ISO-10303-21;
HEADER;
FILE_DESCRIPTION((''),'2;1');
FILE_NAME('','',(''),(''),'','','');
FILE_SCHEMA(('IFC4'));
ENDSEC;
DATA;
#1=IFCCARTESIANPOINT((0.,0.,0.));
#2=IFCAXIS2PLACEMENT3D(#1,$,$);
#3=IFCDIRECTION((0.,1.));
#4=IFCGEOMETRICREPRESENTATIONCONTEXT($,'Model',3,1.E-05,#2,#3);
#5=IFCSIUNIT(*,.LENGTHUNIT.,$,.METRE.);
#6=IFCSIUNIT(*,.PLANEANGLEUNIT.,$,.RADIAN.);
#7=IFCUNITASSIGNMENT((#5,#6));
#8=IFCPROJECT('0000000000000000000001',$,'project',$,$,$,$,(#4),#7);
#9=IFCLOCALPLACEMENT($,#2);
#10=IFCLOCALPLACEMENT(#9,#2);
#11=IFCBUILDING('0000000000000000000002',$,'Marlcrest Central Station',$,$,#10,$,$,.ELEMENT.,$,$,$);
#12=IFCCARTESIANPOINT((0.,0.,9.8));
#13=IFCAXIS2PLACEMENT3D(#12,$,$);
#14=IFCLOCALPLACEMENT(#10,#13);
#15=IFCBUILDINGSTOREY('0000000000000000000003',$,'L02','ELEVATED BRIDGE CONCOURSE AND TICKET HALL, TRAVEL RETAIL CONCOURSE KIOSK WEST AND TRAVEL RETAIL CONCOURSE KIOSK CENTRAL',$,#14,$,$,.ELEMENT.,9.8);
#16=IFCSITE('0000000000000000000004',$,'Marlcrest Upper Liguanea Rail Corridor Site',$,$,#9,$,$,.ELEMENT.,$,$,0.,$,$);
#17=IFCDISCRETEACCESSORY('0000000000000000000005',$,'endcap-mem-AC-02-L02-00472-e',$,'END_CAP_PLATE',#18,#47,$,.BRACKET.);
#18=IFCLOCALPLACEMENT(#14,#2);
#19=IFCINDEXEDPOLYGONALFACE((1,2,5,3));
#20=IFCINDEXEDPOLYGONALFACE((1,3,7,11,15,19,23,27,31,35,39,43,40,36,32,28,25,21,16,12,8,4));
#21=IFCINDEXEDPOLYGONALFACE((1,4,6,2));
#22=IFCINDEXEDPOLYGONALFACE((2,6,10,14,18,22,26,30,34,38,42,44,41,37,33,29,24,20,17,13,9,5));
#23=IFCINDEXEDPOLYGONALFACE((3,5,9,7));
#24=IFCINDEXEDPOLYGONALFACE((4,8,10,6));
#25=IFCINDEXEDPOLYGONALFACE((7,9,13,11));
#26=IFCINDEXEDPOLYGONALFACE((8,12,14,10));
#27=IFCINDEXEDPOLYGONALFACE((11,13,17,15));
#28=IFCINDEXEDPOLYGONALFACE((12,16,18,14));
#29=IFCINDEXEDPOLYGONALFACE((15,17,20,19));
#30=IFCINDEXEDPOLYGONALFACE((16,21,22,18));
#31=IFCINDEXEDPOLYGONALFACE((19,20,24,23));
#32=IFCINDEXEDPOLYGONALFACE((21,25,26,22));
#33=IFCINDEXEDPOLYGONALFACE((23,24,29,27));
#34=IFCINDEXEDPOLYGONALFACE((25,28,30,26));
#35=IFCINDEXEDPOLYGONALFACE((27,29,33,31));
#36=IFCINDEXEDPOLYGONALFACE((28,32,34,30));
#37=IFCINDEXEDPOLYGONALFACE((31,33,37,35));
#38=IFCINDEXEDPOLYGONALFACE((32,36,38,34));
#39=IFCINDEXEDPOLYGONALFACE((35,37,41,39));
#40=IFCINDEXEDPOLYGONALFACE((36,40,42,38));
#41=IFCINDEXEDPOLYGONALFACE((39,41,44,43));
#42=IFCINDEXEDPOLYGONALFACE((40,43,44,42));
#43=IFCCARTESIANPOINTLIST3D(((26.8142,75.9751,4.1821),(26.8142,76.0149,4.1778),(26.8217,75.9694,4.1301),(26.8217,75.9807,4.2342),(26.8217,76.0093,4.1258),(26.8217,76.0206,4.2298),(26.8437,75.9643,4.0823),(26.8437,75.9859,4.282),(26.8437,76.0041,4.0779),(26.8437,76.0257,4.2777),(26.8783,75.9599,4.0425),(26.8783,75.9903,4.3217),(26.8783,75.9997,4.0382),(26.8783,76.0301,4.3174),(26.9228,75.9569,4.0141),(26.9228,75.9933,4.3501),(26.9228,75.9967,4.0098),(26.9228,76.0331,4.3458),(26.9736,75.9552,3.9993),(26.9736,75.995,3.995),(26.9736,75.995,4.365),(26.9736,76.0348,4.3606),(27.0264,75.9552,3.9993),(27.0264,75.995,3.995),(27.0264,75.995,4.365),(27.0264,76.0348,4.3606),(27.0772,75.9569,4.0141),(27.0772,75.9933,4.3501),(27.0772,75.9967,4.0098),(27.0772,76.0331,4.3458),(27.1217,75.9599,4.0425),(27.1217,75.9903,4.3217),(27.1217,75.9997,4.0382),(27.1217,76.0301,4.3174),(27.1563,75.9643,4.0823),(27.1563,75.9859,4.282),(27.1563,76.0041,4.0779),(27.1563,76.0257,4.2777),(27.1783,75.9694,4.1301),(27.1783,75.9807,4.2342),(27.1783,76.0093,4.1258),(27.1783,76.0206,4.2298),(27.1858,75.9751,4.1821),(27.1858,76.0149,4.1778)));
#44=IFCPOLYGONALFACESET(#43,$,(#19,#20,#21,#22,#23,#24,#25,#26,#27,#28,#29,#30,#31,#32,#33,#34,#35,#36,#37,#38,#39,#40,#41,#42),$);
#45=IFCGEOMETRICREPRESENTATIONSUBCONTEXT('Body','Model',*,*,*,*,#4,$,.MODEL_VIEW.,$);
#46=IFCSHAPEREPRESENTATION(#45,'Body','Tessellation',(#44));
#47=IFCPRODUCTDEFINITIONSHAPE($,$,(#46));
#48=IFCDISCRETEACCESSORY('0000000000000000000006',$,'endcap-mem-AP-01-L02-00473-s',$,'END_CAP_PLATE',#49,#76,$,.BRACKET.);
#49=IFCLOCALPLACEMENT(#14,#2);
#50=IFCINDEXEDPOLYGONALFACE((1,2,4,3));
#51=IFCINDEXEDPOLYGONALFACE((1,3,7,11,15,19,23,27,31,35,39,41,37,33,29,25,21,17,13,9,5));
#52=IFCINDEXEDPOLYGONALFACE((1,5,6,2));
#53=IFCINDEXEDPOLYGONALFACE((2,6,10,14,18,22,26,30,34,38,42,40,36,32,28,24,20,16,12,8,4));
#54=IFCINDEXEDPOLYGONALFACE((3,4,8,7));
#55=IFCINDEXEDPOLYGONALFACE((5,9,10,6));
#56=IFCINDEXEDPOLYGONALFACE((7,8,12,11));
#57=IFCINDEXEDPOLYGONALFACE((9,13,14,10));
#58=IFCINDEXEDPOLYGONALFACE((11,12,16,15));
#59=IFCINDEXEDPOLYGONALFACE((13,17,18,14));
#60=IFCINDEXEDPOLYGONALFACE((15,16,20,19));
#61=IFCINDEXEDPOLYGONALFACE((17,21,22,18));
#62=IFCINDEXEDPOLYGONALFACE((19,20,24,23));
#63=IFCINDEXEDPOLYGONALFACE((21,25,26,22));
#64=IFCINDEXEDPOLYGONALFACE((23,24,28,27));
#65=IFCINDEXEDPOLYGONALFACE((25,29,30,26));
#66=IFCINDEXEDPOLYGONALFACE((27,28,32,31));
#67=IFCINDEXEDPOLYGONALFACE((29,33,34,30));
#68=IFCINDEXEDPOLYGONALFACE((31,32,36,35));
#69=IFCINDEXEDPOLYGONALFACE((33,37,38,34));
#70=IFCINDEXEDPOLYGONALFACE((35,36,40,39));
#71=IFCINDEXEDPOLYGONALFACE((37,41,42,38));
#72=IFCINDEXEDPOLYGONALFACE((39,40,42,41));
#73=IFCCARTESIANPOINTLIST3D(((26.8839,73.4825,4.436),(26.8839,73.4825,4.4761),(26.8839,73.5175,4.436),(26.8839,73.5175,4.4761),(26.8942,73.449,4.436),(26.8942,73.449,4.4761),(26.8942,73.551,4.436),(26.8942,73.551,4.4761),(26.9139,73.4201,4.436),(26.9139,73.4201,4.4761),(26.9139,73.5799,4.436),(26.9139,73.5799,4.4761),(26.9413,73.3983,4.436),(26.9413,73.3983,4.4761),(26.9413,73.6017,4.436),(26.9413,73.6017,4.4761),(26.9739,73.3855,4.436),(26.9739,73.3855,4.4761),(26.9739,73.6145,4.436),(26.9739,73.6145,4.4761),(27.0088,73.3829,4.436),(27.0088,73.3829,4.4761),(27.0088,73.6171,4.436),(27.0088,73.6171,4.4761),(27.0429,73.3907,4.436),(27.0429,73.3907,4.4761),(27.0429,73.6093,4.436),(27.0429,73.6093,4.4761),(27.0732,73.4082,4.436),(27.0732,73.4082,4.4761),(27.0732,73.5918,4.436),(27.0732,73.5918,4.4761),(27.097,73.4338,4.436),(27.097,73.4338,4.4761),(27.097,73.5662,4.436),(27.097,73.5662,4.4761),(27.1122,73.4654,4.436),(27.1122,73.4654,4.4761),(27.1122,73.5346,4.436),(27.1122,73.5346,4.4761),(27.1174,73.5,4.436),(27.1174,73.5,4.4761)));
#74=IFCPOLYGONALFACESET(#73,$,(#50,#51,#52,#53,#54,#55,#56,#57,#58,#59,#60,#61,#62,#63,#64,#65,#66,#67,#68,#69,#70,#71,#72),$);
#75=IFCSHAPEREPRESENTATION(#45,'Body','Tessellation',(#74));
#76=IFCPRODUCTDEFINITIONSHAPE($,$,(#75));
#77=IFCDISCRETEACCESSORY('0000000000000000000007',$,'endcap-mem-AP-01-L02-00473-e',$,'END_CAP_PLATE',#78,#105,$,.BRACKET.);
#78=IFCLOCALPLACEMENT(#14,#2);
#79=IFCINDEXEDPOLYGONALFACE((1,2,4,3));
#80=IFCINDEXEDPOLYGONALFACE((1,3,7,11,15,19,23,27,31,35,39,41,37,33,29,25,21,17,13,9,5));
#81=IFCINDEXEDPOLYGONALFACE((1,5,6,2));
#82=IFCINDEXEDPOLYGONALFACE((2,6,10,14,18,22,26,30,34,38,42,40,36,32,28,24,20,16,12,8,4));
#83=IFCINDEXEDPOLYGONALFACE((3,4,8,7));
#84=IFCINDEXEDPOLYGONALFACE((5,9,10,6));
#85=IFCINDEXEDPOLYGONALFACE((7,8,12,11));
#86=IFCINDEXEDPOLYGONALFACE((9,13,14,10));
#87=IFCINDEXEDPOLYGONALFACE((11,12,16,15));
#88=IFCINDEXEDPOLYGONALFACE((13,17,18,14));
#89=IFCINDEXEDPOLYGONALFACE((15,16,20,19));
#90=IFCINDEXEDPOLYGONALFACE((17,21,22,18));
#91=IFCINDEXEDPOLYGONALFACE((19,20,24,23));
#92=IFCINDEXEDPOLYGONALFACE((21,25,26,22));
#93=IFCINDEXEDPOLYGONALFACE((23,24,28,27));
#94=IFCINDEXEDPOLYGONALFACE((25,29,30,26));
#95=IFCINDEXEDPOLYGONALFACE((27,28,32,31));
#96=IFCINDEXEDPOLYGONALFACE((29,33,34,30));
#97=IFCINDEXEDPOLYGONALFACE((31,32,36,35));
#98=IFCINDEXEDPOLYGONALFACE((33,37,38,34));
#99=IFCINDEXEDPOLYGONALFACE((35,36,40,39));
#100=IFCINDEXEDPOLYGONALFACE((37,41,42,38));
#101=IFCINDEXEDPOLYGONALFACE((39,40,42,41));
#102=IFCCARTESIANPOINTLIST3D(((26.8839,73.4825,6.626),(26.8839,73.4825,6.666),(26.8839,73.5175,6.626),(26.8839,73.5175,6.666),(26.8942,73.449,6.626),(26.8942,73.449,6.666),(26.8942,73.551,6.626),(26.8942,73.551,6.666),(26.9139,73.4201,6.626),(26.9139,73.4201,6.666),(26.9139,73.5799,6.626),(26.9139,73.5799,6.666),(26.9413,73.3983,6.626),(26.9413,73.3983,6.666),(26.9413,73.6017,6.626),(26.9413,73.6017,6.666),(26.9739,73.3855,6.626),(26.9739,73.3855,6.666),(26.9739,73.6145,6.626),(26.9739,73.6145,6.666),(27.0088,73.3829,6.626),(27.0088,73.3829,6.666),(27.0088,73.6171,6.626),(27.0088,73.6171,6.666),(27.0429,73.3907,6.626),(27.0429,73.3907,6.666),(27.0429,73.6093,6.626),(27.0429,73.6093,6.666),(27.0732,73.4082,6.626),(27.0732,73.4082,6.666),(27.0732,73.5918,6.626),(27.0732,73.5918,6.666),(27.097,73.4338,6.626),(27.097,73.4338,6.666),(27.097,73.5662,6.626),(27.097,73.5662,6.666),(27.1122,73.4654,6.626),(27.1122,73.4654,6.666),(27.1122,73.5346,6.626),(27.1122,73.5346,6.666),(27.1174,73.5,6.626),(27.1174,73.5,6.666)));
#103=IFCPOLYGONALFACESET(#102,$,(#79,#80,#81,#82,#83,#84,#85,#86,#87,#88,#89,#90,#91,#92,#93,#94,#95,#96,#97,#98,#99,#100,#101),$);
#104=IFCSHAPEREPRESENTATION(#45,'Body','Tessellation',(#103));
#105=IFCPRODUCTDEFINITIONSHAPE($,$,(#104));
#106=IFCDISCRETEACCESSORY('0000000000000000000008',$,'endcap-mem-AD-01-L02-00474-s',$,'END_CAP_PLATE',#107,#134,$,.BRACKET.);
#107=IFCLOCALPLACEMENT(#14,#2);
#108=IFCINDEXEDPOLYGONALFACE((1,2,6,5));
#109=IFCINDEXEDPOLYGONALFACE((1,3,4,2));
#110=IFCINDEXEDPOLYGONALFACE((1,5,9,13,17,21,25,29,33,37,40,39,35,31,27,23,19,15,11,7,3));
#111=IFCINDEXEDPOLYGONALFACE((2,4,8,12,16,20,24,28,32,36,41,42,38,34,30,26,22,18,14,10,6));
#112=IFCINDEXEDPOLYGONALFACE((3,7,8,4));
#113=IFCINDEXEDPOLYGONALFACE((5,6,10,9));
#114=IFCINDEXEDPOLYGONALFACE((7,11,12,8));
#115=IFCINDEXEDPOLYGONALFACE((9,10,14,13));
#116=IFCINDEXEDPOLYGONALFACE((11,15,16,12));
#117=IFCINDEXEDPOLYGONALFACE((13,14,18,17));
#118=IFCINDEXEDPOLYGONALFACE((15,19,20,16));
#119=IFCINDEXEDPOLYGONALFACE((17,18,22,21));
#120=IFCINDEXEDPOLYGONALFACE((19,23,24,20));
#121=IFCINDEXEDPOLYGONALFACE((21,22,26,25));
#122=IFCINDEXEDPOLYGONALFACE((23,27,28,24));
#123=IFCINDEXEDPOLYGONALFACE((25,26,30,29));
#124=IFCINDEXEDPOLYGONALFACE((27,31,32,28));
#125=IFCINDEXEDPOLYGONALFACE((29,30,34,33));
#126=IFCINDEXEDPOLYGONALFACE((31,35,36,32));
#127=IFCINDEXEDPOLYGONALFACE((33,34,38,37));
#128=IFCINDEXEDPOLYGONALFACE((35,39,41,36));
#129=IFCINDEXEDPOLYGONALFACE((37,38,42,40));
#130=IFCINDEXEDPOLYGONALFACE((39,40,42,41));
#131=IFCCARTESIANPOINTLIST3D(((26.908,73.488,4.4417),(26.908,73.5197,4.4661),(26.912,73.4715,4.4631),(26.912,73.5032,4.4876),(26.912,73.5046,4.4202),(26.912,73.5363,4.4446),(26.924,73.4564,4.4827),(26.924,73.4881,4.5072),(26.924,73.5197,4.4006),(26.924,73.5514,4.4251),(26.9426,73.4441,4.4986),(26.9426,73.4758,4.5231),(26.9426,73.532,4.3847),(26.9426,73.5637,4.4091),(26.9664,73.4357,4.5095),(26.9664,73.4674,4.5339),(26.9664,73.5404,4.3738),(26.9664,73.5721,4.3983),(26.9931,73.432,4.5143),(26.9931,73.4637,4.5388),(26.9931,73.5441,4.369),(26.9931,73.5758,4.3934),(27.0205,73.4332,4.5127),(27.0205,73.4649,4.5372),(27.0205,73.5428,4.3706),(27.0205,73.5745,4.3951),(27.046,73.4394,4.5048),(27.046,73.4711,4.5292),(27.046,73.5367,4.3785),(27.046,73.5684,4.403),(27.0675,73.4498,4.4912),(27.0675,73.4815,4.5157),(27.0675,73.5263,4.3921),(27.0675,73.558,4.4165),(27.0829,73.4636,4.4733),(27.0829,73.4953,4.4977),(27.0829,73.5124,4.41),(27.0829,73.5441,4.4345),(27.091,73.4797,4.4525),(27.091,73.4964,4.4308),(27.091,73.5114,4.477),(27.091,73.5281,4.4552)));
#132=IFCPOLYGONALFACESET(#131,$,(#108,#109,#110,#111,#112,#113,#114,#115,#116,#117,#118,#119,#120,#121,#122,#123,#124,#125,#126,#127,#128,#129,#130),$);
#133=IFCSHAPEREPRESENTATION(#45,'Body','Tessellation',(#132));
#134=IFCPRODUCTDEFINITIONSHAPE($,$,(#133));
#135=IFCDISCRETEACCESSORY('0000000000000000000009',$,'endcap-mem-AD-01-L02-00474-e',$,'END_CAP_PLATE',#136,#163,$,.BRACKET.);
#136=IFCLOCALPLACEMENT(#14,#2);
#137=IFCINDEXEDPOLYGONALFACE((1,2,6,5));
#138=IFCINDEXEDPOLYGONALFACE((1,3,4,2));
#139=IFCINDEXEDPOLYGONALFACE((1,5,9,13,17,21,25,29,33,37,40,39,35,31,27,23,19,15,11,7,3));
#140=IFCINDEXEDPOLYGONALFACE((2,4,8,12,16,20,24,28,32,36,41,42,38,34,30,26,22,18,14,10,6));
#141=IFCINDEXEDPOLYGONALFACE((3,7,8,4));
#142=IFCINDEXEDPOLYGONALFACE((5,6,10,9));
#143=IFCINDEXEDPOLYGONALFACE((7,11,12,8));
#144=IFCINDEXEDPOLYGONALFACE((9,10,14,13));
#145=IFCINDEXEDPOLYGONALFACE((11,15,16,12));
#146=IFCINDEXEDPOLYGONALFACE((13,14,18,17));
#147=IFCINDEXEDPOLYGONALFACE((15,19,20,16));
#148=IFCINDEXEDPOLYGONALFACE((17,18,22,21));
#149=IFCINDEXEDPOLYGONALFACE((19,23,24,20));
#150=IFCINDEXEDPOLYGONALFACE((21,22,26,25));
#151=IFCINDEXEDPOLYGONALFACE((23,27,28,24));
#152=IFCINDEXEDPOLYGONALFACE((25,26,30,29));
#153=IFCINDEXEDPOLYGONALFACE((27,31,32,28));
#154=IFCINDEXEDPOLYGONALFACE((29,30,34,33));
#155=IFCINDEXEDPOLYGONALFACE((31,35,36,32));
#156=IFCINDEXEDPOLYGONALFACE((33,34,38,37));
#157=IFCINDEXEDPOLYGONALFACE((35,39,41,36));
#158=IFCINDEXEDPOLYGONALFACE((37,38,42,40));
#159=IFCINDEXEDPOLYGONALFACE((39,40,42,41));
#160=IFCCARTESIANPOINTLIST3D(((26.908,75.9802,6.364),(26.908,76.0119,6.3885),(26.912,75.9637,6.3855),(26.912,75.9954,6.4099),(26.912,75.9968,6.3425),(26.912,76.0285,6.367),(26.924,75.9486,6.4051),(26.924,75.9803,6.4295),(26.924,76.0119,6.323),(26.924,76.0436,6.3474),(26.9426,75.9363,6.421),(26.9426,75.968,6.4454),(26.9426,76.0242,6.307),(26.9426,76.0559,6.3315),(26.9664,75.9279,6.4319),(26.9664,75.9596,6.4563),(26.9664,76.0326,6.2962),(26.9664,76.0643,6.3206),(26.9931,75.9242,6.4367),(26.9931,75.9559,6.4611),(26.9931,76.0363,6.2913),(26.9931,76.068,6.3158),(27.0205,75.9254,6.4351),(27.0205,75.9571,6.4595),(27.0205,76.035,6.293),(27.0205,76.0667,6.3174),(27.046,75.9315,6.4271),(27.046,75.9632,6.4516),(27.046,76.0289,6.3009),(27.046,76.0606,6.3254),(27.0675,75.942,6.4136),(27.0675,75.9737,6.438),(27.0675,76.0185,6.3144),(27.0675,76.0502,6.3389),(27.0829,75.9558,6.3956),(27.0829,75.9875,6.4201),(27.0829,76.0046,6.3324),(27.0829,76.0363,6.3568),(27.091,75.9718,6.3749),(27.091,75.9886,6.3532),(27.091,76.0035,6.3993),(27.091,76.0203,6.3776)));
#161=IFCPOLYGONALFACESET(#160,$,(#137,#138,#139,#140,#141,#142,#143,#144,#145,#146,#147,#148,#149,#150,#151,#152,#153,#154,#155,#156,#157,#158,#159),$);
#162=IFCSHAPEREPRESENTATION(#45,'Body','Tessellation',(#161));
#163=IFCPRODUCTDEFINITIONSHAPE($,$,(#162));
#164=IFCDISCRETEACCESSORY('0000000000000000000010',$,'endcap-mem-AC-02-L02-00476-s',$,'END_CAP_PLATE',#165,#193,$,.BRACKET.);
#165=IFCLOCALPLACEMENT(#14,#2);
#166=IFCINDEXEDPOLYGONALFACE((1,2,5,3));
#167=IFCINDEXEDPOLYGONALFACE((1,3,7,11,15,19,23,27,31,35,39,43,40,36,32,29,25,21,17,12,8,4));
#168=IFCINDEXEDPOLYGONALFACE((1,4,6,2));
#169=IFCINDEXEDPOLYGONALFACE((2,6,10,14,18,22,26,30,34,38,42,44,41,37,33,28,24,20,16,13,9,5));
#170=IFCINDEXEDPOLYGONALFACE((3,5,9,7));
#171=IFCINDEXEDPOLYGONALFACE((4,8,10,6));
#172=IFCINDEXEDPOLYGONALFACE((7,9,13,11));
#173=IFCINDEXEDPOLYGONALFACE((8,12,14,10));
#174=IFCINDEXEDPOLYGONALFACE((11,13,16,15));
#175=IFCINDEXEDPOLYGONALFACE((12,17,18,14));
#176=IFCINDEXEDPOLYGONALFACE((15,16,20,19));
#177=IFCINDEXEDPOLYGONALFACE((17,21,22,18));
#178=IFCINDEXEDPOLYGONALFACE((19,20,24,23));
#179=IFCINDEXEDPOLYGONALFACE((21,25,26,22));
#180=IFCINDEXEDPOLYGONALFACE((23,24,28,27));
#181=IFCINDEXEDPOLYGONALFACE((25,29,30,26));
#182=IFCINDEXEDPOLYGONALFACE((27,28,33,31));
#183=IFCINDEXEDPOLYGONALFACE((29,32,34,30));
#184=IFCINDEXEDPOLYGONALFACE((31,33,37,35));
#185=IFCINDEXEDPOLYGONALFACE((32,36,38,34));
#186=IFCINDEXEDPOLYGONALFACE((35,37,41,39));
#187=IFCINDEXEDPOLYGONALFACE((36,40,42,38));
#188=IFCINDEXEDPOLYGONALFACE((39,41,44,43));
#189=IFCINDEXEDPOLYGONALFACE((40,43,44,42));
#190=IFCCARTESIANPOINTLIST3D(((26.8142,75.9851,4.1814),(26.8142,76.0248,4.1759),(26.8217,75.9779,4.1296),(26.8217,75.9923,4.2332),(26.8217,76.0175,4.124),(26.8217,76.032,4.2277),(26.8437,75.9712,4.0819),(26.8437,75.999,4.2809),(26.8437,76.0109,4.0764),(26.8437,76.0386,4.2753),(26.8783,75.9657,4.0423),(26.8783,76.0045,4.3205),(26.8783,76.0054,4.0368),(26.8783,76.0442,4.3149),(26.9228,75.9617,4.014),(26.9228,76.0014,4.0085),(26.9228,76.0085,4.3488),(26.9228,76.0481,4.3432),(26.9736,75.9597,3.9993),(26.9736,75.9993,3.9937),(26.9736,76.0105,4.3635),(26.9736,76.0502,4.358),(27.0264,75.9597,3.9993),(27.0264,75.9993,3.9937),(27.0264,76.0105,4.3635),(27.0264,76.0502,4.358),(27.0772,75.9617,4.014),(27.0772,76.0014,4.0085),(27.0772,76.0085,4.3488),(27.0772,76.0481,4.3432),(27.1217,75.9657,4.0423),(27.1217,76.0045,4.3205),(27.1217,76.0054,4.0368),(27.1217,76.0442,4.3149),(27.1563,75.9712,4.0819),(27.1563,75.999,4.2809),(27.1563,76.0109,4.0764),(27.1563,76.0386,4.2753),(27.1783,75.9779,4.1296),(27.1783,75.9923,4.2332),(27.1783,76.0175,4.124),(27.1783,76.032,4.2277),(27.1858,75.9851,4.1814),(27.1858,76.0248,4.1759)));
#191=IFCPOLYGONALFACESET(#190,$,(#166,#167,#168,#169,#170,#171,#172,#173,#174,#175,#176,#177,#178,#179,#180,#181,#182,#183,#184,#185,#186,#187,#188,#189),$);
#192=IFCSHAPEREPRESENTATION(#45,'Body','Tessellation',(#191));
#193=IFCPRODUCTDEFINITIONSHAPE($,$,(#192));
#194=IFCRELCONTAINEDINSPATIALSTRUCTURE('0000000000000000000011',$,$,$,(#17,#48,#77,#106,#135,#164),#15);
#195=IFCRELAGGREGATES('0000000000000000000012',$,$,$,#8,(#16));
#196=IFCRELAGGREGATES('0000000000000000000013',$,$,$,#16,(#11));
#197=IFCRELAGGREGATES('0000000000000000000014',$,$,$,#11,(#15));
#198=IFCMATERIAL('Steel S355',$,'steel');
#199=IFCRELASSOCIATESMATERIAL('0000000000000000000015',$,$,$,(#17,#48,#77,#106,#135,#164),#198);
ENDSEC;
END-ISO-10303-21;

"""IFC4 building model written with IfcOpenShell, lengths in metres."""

from ifc_helpers import new_model, si_unit, direction, frame, origin, origin_2d, place, context, subcontext, project, spatial, circle, extrude, material, element, save


model = new_model("IFC4")

# Units and contexts
model_context = context("Model", 3, precision=1e-05, world=origin(), true_north=direction((0.0, 1.0)))
body_context = subcontext(model_context, "Body", "Model", "MODEL_VIEW")
ifc_project = project(units=[si_unit("LENGTHUNIT", "METRE"), si_unit("PLANEANGLEUNIT", "RADIAN")], contexts=[model_context])

# Site, building, storey
site_placement = place(None, origin())
site = spatial("IfcSite", under=ifc_project, at=site_placement, Name="Marlcrest Upper Liguanea Rail Corridor Site", CompositionType="ELEMENT", RefElevation=0.0)
building_placement = place(site_placement, origin())
building = spatial("IfcBuilding", under=site, at=building_placement, Name="Marlcrest Central Station", CompositionType="ELEMENT")
storey_placement = place(building_placement, frame((0.0, 0.0, 9.8)))
storey = spatial("IfcBuildingStorey", under=building, at=storey_placement, Name="L02", Description="ELEVATED BRIDGE CONCOURSE AND TICKET HALL, TRAVEL RETAIL CONCOURSE KIOSK WEST AND TRAVEL RETAIL CONCOURSE KIOSK CENTRAL", CompositionType="ELEMENT", Elevation=9.8)

# Shared definitions
ifc_material = material(Name="Steel S355", Category="steel")

# Discrete accessories
for number, where, z_axis, x_axis, name in (
    (1, (27.0, 75.9751, 4.1821), (0.0, 0.994155, -0.107959), (-1.0, 0.0, 0.0), "endcap-mem-AC-02-L02-00472-e"),
):
    element("IfcDiscreteAccessory", number, at=place(storey_placement, frame(where, z_axis=z_axis, x_axis=x_axis)), inside=storey, material=ifc_material, Name=name, ObjectType="END_CAP_PLATE", PredefinedType="BRACKET", context=body_context, shape_type="SweptSolid", body=[
        extrude(circle(Radius=0.1858, at=origin_2d()), origin(), (0.0, 0.0, 1.0), 0.04),
    ])
for number, where, z_axis, x_axis, name in (
    (2, (27.0, 73.5, 4.436), (0.0, 0.0, 1.0), (1.0, 0.0, 0.0), "endcap-mem-AP-01-L02-00473-s"),
    (3, (27.0, 73.5, 6.626), (0.0, 0.0, 1.0), (1.0, 0.0, 0.0), "endcap-mem-AP-01-L02-00473-e"),
):
    element("IfcDiscreteAccessory", number, at=place(storey_placement, frame(where, z_axis=z_axis, x_axis=x_axis)), inside=storey, material=ifc_material, Name=name, ObjectType="END_CAP_PLATE", PredefinedType="BRACKET", context=body_context, shape_type="SweptSolid", body=[
        extrude(circle(Radius=0.1174, at=origin_2d()), origin(), (0.0, 0.0, 1.0), 0.04),
    ])
for number, where, z_axis, x_axis, name in (
    (4, (27.0, 73.488, 4.4417), (0.0, 0.791798, 0.610783), (-1.0, 0.0, 0.0), "endcap-mem-AD-01-L02-00474-s"),
    (5, (27.0, 75.9802, 6.364), (0.0, 0.791798, 0.610783), (-1.0, 0.0, 0.0), "endcap-mem-AD-01-L02-00474-e"),
):
    element("IfcDiscreteAccessory", number, at=place(storey_placement, frame(where, z_axis=z_axis, x_axis=x_axis)), inside=storey, material=ifc_material, Name=name, ObjectType="END_CAP_PLATE", PredefinedType="BRACKET", context=body_context, shape_type="SweptSolid", body=[
        extrude(circle(Radius=0.092, at=origin_2d()), origin(), (0.0, 0.0, 1.0), 0.04),
    ])
for number, where, z_axis, x_axis, name in (
    (6, (27.0, 75.9851, 4.1814), (0.0, 0.990403, -0.138211), (-1.0, 0.0, 0.0), "endcap-mem-AC-02-L02-00476-s"),
):
    element("IfcDiscreteAccessory", number, at=place(storey_placement, frame(where, z_axis=z_axis, x_axis=x_axis)), inside=storey, material=ifc_material, Name=name, ObjectType="END_CAP_PLATE", PredefinedType="BRACKET", context=body_context, shape_type="SweptSolid", body=[
        extrude(circle(Radius=0.1858, at=origin_2d()), origin(), (0.0, 0.0, 1.0), 0.04),
    ])

save(model, "model.ifc")
